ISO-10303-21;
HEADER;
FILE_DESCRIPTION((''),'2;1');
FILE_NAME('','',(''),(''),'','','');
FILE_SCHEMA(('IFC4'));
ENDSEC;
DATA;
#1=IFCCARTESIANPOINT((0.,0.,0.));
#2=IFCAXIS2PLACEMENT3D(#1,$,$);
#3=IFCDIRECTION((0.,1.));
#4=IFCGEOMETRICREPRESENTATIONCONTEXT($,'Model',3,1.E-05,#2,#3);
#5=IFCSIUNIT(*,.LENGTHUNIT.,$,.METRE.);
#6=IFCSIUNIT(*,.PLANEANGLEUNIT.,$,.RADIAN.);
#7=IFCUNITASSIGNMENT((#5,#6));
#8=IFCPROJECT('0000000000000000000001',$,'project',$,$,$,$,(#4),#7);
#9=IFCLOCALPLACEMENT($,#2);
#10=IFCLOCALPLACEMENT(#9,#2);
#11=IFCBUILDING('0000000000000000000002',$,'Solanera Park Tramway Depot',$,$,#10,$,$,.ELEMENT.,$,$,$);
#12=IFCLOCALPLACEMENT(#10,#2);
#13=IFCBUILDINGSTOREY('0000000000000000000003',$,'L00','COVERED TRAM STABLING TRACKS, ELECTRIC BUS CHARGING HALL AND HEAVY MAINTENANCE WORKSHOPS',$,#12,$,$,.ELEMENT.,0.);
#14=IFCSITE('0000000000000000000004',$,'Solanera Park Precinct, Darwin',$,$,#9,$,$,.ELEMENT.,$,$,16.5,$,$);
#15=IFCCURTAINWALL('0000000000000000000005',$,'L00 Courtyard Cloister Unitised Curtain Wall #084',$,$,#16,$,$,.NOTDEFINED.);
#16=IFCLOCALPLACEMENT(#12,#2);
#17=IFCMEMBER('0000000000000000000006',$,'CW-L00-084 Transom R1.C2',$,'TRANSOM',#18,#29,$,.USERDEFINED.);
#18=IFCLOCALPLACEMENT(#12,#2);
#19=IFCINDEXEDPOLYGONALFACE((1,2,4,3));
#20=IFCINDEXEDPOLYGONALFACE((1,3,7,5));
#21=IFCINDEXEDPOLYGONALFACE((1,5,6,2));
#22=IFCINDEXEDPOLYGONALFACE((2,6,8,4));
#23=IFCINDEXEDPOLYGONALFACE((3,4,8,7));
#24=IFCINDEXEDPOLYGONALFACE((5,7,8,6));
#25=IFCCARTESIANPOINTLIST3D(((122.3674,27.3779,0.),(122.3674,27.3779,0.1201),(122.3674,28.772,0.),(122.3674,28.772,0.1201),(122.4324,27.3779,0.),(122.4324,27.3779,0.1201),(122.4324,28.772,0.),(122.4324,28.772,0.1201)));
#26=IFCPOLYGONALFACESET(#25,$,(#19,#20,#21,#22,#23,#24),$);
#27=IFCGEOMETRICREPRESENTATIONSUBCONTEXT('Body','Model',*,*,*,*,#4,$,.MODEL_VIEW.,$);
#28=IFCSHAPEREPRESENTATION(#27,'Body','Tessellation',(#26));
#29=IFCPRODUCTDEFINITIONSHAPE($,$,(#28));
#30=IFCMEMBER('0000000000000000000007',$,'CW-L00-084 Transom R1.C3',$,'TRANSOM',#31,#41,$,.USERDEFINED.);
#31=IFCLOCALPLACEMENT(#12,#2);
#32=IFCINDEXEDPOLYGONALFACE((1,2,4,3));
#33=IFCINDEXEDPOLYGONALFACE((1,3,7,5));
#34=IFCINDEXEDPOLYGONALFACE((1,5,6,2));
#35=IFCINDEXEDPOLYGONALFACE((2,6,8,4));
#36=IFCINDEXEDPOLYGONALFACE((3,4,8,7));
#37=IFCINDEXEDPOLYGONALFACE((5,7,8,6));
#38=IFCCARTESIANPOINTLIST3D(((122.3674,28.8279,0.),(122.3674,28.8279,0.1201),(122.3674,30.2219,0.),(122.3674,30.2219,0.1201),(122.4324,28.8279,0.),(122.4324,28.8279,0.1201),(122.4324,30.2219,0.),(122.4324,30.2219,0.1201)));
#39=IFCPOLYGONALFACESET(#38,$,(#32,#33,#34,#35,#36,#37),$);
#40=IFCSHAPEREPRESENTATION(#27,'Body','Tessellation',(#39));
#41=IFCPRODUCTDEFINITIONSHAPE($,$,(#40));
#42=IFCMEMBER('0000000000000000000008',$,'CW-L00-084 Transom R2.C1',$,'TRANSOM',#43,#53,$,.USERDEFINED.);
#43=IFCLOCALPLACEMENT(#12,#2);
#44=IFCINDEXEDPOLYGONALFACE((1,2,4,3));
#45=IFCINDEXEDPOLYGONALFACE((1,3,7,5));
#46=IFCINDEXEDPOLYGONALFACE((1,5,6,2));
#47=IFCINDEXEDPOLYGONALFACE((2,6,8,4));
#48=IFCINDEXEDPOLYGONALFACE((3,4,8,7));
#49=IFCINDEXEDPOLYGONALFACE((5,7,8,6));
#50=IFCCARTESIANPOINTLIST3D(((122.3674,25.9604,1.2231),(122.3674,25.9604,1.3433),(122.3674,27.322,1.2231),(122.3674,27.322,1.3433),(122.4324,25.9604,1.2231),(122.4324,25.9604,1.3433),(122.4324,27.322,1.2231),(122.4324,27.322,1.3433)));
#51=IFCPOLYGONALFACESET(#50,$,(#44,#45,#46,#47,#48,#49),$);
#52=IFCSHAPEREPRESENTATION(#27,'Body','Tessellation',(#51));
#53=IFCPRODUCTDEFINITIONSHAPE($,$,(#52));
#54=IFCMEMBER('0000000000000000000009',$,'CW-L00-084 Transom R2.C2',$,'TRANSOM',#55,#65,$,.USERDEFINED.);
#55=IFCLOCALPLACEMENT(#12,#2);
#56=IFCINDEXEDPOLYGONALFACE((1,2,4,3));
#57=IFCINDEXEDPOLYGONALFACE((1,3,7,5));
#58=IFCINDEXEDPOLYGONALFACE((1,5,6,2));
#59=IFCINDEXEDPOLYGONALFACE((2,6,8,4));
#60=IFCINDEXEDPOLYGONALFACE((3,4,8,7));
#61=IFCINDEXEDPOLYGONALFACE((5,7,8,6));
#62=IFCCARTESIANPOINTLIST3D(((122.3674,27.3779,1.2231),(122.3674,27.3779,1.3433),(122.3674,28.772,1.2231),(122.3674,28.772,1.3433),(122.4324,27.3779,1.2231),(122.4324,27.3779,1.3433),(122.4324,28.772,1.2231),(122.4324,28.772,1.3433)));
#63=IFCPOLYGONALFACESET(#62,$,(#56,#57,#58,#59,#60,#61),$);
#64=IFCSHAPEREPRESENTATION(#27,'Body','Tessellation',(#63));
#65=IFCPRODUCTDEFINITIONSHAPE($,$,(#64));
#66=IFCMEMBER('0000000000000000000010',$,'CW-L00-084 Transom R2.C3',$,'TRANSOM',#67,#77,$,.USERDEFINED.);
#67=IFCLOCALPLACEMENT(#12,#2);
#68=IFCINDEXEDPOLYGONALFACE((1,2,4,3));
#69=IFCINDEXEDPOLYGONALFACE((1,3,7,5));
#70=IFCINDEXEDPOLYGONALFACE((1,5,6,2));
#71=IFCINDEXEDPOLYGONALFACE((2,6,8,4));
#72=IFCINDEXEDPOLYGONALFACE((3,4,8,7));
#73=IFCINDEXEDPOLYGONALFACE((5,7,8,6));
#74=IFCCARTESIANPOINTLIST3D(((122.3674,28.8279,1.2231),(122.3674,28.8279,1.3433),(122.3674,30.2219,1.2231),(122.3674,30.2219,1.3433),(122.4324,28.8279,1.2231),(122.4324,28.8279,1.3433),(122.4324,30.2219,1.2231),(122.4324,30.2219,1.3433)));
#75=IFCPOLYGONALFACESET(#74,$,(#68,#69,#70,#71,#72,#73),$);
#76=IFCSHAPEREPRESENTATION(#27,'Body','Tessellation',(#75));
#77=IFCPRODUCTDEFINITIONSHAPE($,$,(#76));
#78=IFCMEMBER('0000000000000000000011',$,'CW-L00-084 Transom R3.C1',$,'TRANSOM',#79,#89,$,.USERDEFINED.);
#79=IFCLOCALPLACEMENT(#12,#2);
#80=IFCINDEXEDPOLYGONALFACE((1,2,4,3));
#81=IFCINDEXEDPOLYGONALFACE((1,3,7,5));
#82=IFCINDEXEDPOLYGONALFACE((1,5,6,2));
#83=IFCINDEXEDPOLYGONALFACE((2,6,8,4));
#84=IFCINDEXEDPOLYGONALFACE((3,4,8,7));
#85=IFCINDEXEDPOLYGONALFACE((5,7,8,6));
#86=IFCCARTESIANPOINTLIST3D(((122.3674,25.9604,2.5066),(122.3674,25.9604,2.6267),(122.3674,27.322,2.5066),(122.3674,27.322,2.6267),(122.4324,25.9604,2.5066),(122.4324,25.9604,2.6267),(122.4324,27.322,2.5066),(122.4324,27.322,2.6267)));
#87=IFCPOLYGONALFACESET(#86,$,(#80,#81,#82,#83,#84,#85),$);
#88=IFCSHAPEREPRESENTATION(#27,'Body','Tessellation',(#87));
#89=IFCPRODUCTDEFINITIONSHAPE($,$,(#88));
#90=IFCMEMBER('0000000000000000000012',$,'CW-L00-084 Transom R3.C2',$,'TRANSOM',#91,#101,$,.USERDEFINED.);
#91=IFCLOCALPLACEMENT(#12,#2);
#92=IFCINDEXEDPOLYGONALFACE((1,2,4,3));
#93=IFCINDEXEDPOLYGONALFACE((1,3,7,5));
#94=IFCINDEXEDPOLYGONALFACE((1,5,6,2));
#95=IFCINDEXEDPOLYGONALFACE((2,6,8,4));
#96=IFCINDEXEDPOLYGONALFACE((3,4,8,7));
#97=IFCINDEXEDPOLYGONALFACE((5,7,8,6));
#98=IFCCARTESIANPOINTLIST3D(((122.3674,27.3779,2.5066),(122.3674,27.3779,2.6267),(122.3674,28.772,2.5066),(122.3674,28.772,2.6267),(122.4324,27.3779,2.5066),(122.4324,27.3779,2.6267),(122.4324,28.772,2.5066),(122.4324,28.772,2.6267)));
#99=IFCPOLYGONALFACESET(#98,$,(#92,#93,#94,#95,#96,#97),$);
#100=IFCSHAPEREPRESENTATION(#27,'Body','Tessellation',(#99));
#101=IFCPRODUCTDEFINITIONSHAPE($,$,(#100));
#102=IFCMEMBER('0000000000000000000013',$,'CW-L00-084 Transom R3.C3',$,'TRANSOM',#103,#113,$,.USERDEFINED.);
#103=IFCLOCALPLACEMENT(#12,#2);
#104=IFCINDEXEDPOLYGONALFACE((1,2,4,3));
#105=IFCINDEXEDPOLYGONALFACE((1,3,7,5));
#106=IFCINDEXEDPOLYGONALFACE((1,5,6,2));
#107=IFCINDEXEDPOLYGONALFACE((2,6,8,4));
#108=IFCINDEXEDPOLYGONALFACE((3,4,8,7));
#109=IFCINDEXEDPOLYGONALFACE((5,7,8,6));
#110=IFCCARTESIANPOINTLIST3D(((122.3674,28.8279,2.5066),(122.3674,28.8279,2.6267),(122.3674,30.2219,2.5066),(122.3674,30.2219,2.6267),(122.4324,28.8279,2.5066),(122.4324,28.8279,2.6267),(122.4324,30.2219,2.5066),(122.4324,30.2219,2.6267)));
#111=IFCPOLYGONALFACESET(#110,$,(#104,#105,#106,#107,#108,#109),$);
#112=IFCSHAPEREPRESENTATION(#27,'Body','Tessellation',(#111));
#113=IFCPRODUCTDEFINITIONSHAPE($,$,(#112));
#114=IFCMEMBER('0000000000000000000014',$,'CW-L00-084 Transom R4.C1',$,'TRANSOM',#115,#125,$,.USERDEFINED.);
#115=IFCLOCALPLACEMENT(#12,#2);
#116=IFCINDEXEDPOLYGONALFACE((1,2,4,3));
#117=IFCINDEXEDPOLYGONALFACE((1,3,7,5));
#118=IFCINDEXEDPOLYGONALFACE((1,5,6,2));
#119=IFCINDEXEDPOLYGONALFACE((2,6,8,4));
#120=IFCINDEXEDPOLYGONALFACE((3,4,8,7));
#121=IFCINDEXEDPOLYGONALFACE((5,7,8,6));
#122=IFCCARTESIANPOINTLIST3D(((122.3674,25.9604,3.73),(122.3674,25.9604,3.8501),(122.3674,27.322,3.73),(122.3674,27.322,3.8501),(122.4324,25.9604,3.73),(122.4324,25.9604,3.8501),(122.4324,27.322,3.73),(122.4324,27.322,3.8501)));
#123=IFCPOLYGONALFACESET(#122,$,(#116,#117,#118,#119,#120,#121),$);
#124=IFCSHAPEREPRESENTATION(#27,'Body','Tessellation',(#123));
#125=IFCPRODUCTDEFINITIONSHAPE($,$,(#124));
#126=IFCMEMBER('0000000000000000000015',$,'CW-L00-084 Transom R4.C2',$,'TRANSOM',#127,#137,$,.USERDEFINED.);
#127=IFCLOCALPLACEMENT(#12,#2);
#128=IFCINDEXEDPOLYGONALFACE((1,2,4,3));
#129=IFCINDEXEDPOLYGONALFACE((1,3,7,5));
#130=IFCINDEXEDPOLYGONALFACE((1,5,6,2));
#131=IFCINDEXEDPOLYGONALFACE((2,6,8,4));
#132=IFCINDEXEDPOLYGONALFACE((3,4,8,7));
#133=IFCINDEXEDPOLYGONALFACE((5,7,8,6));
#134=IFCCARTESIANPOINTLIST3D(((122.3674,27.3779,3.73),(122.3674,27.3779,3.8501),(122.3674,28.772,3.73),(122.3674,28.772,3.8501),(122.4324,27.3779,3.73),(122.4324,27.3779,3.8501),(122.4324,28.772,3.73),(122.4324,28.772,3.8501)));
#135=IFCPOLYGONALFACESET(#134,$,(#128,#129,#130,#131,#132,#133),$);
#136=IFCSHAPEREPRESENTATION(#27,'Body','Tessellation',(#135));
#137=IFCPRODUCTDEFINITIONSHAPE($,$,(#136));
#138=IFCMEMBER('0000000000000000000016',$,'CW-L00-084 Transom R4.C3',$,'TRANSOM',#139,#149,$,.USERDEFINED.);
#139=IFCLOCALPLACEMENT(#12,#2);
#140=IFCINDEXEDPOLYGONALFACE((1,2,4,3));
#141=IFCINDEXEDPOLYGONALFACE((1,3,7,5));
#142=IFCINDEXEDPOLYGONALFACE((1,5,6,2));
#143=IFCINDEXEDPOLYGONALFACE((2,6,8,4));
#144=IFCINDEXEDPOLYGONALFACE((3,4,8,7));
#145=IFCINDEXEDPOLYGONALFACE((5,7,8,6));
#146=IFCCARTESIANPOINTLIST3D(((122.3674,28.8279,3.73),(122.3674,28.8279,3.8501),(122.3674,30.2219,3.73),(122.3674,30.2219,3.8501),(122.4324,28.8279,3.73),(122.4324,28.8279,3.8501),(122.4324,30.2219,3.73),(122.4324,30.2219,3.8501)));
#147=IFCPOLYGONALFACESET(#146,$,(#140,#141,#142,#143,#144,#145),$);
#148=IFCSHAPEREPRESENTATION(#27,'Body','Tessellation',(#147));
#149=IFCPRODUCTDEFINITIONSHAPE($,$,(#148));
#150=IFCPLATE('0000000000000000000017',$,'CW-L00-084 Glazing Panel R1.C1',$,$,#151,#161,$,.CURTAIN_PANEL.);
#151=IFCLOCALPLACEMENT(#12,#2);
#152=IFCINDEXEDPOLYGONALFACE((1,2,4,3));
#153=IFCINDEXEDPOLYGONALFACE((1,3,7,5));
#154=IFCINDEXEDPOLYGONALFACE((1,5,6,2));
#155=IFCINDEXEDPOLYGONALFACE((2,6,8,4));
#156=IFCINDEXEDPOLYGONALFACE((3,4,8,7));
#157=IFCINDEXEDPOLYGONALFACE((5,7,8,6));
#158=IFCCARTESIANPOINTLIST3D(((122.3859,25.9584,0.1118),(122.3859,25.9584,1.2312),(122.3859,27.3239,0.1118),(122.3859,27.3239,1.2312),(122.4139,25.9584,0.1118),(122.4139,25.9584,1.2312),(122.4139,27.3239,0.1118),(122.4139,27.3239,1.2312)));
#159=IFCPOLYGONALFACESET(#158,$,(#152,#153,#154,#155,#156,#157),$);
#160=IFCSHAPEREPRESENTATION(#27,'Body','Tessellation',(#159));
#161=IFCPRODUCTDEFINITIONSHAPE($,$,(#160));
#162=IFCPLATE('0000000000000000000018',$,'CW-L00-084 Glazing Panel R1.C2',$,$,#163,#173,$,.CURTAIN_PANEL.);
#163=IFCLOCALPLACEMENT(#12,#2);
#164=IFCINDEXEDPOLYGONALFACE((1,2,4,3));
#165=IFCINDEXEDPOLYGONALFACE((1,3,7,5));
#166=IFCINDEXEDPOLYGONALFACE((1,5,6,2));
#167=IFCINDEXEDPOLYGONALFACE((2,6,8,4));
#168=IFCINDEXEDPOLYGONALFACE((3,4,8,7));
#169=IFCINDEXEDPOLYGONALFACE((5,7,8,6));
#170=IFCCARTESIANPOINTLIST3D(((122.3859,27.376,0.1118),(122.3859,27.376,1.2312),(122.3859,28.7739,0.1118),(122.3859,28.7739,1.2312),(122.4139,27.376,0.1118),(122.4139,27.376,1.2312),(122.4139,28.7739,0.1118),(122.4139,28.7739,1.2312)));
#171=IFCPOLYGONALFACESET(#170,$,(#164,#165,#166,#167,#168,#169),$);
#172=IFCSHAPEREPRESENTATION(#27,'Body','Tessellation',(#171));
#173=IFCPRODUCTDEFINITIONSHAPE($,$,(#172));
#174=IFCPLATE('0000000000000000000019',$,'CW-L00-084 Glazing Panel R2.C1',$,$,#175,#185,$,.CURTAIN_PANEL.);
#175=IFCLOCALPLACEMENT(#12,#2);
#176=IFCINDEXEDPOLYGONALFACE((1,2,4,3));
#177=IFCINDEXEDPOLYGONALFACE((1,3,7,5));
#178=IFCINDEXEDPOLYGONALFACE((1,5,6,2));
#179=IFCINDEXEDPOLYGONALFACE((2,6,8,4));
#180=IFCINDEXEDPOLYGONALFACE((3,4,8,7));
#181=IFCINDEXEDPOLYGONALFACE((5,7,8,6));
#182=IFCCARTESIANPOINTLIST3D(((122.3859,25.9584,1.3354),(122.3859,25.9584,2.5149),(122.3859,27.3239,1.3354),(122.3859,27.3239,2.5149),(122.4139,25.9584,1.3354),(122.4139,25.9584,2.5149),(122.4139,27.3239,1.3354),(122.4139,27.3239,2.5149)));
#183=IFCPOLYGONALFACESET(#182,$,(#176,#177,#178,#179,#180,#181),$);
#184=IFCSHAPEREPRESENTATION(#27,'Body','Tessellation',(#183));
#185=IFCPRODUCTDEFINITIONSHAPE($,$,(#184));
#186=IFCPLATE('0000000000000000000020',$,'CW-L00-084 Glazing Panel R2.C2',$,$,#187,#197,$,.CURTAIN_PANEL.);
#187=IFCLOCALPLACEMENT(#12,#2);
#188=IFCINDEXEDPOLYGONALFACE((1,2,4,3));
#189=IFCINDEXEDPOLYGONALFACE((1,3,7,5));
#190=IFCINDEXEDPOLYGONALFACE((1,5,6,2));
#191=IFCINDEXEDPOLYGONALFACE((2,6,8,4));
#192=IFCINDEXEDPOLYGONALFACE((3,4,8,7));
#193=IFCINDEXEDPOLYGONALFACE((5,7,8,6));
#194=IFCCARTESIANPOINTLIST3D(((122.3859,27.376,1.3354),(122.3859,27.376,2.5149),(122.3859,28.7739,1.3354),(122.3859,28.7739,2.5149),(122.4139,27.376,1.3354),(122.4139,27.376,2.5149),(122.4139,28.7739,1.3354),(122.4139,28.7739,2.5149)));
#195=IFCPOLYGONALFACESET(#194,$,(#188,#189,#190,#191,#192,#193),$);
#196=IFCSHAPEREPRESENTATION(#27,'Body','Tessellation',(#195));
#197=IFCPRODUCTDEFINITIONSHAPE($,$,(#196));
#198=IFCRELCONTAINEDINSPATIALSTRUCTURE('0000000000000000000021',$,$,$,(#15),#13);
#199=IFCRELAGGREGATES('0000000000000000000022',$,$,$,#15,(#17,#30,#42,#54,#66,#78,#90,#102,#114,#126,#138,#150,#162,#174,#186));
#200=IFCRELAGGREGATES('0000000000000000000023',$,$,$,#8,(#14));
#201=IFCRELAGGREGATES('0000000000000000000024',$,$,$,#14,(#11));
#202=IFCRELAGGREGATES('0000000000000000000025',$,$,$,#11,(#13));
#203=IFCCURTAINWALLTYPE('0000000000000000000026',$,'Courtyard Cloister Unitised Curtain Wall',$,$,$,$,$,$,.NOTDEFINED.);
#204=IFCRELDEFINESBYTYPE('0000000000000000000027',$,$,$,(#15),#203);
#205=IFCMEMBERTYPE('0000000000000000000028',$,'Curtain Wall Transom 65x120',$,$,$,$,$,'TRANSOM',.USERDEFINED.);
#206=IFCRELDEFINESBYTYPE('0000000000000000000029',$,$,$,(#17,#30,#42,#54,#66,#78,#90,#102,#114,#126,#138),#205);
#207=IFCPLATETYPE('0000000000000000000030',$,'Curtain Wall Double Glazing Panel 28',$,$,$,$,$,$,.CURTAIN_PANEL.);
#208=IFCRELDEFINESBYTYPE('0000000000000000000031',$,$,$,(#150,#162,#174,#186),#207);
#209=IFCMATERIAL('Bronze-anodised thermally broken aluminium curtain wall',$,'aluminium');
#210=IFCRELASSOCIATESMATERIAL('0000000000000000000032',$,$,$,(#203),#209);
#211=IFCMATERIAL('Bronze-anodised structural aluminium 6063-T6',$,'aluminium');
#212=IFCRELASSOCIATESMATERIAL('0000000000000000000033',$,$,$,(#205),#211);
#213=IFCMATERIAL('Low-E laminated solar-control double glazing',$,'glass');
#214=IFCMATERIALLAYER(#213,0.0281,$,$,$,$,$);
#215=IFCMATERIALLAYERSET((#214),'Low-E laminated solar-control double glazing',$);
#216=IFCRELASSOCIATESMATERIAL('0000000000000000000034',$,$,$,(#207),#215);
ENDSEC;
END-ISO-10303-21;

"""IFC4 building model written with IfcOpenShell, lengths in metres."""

from ifc_helpers import new_model, si_unit, direction, frame, origin, origin_2d, place, context, subcontext, project, spatial, rectangle, extrude, material, layer, layer_set, material_profile, profile_set, type_object, element, aggregate, save


model = new_model("IFC4")

# Units and contexts
model_context = context("Model", 3, precision=1e-05, world=origin(), true_north=direction((0.0, 1.0)))
body_context = subcontext(model_context, "Body", "Model", "MODEL_VIEW")
ifc_project = project(units=[si_unit("LENGTHUNIT", "METRE"), si_unit("PLANEANGLEUNIT", "RADIAN")], contexts=[model_context])

# Site, building, storey
site_placement = place(None, origin())
site = spatial("IfcSite", under=ifc_project, at=site_placement, Name="Solanera Park Precinct, Darwin", CompositionType="ELEMENT", RefElevation=16.5)
building_placement = place(site_placement, origin())
building = spatial("IfcBuilding", under=site, at=building_placement, Name="Solanera Park Tramway Depot", CompositionType="ELEMENT")
storey_placement = place(building_placement, origin())
storey = spatial("IfcBuildingStorey", under=building, at=storey_placement, Name="L00", Description="COVERED TRAM STABLING TRACKS, ELECTRIC BUS CHARGING HALL AND HEAVY MAINTENANCE WORKSHOPS", CompositionType="ELEMENT", Elevation=0.0)

# Curtain wall, members, plates
ifc_material_1 = material(Name="Bronze-anodised thermally broken aluminium curtain wall", Category="aluminium")
curtain_wall_type = type_object("IfcCurtainWallType", Name="Courtyard Cloister Unitised Curtain Wall", PredefinedType="NOTDEFINED", material=ifc_material_1)
curtain_wall_placement = place(storey_placement, origin())
curtain_wall = element("IfcCurtainWall", 1, at=curtain_wall_placement, inside=storey, type_object=curtain_wall_type, Name="L00 Courtyard Cloister Unitised Curtain Wall #084", PredefinedType="NOTDEFINED")
ifc_material_2 = material(Name="Bronze-anodised structural aluminium 6063-T6", Category="aluminium")
ifc_material_profile_1 = material_profile(ifc_material_2, rectangle(XDim=0.0649, YDim=0.1201, at=origin_2d()), Name="Curtain Wall Transom 65x120")
ifc_profile_set_1 = profile_set([ifc_material_profile_1], Name="Bronze-anodised structural aluminium 6063-T6")
member_type_1 = type_object("IfcMemberType", Name="Curtain Wall Transom 65x120", ElementType="TRANSOM", PredefinedType="USERDEFINED", material=ifc_profile_set_1)
member_1_placement = place(storey_placement, frame((122.3999, 27.3779, 0.0601), z_axis=(0.0, 1.0, 0.0), x_axis=(-1.0, 0.0, 0.0)))
member_1 = element("IfcMember", 2, at=member_1_placement, type_object=member_type_1, Name="CW-L00-084 Transom R1.C2", ObjectType="TRANSOM", PredefinedType="USERDEFINED", context=body_context, shape_type="SweptSolid", body=[
    extrude(rectangle(XDim=0.0649, YDim=0.1201, at=origin_2d()), origin(), (0.0, 0.0, 1.0), 1.394),
])
member_2_placement = place(storey_placement, frame((122.3999, 28.8279, 0.0601), z_axis=(0.0, 1.0, 0.0), x_axis=(-1.0, 0.0, 0.0)))
member_2 = element("IfcMember", 3, at=member_2_placement, type_object=member_type_1, Name="CW-L00-084 Transom R1.C3", ObjectType="TRANSOM", PredefinedType="USERDEFINED", context=body_context, shape_type="SweptSolid", body=[
    extrude(rectangle(XDim=0.0649, YDim=0.1201, at=origin_2d()), origin(), (0.0, 0.0, 1.0), 1.394),
])
member_3_placement = place(storey_placement, frame((122.3999, 25.9604, 1.2832), z_axis=(0.0, 1.0, 0.0), x_axis=(-1.0, 0.0, 0.0)))
member_3 = element("IfcMember", 4, at=member_3_placement, type_object=member_type_1, Name="CW-L00-084 Transom R2.C1", ObjectType="TRANSOM", PredefinedType="USERDEFINED", context=body_context, shape_type="SweptSolid", body=[
    extrude(rectangle(XDim=0.0649, YDim=0.1201, at=origin_2d()), origin(), (0.0, 0.0, 1.0), 1.3616),
])
member_4_placement = place(storey_placement, frame((122.3999, 27.3779, 1.2832), z_axis=(0.0, 1.0, 0.0), x_axis=(-1.0, 0.0, 0.0)))
member_4 = element("IfcMember", 5, at=member_4_placement, type_object=member_type_1, Name="CW-L00-084 Transom R2.C2", ObjectType="TRANSOM", PredefinedType="USERDEFINED", context=body_context, shape_type="SweptSolid", body=[
    extrude(rectangle(XDim=0.0649, YDim=0.1201, at=origin_2d()), origin(), (0.0, 0.0, 1.0), 1.394),
])
member_5_placement = place(storey_placement, frame((122.3999, 28.8279, 1.2832), z_axis=(0.0, 1.0, 0.0), x_axis=(-1.0, 0.0, 0.0)))
member_5 = element("IfcMember", 6, at=member_5_placement, type_object=member_type_1, Name="CW-L00-084 Transom R2.C3", ObjectType="TRANSOM", PredefinedType="USERDEFINED", context=body_context, shape_type="SweptSolid", body=[
    extrude(rectangle(XDim=0.0649, YDim=0.1201, at=origin_2d()), origin(), (0.0, 0.0, 1.0), 1.394),
])
member_6_placement = place(storey_placement, frame((122.3999, 25.9604, 2.5667), z_axis=(0.0, 1.0, 0.0), x_axis=(-1.0, 0.0, 0.0)))
member_6 = element("IfcMember", 7, at=member_6_placement, type_object=member_type_1, Name="CW-L00-084 Transom R3.C1", ObjectType="TRANSOM", PredefinedType="USERDEFINED", context=body_context, shape_type="SweptSolid", body=[
    extrude(rectangle(XDim=0.0649, YDim=0.1201, at=origin_2d()), origin(), (0.0, 0.0, 1.0), 1.3616),
])
member_7_placement = place(storey_placement, frame((122.3999, 27.3779, 2.5667), z_axis=(0.0, 1.0, 0.0), x_axis=(-1.0, 0.0, 0.0)))
member_7 = element("IfcMember", 8, at=member_7_placement, type_object=member_type_1, Name="CW-L00-084 Transom R3.C2", ObjectType="TRANSOM", PredefinedType="USERDEFINED", context=body_context, shape_type="SweptSolid", body=[
    extrude(rectangle(XDim=0.0649, YDim=0.1201, at=origin_2d()), origin(), (0.0, 0.0, 1.0), 1.394),
])
member_8_placement = place(storey_placement, frame((122.3999, 28.8279, 2.5667), z_axis=(0.0, 1.0, 0.0), x_axis=(-1.0, 0.0, 0.0)))
member_8 = element("IfcMember", 9, at=member_8_placement, type_object=member_type_1, Name="CW-L00-084 Transom R3.C3", ObjectType="TRANSOM", PredefinedType="USERDEFINED", context=body_context, shape_type="SweptSolid", body=[
    extrude(rectangle(XDim=0.0649, YDim=0.1201, at=origin_2d()), origin(), (0.0, 0.0, 1.0), 1.394),
])
member_9_placement = place(storey_placement, frame((122.3999, 25.9604, 3.79), z_axis=(0.0, 1.0, 0.0), x_axis=(-1.0, 0.0, 0.0)))
member_9 = element("IfcMember", 10, at=member_9_placement, type_object=member_type_1, Name="CW-L00-084 Transom R4.C1", ObjectType="TRANSOM", PredefinedType="USERDEFINED", context=body_context, shape_type="SweptSolid", body=[
    extrude(rectangle(XDim=0.0649, YDim=0.1201, at=origin_2d()), origin(), (0.0, 0.0, 1.0), 1.3616),
])
member_10_placement = place(storey_placement, frame((122.3999, 27.3779, 3.79), z_axis=(0.0, 1.0, 0.0), x_axis=(-1.0, 0.0, 0.0)))
member_10 = element("IfcMember", 11, at=member_10_placement, type_object=member_type_1, Name="CW-L00-084 Transom R4.C2", ObjectType="TRANSOM", PredefinedType="USERDEFINED", context=body_context, shape_type="SweptSolid", body=[
    extrude(rectangle(XDim=0.0649, YDim=0.1201, at=origin_2d()), origin(), (0.0, 0.0, 1.0), 1.394),
])
member_11_placement = place(storey_placement, frame((122.3999, 28.8279, 3.79), z_axis=(0.0, 1.0, 0.0), x_axis=(-1.0, 0.0, 0.0)))
member_11 = element("IfcMember", 12, at=member_11_placement, type_object=member_type_1, Name="CW-L00-084 Transom R4.C3", ObjectType="TRANSOM", PredefinedType="USERDEFINED", context=body_context, shape_type="SweptSolid", body=[
    extrude(rectangle(XDim=0.0649, YDim=0.1201, at=origin_2d()), origin(), (0.0, 0.0, 1.0), 1.394),
])
ifc_material_3 = material(Name="Low-E laminated solar-control double glazing", Category="glass")
ifc_layer_1 = layer(ifc_material_3, 0.0281)
ifc_layer_set_1 = layer_set([ifc_layer_1], Name="Low-E laminated solar-control double glazing")
plate_type = type_object("IfcPlateType", Name="Curtain Wall Double Glazing Panel 28", PredefinedType="CURTAIN_PANEL", material=ifc_layer_set_1)
plate_1_placement = place(storey_placement, frame((122.3999, 26.6411, 0.1118), z_axis=(0.0, 0.0, 1.0), x_axis=(0.0, 1.0, 0.0)))
plate_1 = element("IfcPlate", 13, at=plate_1_placement, type_object=plate_type, Name="CW-L00-084 Glazing Panel R1.C1", PredefinedType="CURTAIN_PANEL", context=body_context, shape_type="SweptSolid", body=[
    extrude(rectangle(XDim=1.3655, YDim=0.0281, at=origin_2d()), origin(), (0.0, 0.0, 1.0), 1.1194),
])
plate_2_placement = place(storey_placement, frame((122.3999, 28.075, 0.1118), z_axis=(0.0, 0.0, 1.0), x_axis=(0.0, 1.0, 0.0)))
plate_2 = element("IfcPlate", 14, at=plate_2_placement, type_object=plate_type, Name="CW-L00-084 Glazing Panel R1.C2", PredefinedType="CURTAIN_PANEL", context=body_context, shape_type="SweptSolid", body=[
    extrude(rectangle(XDim=1.3979, YDim=0.0281, at=origin_2d()), origin(), (0.0, 0.0, 1.0), 1.1194),
])
plate_3_placement = place(storey_placement, frame((122.3999, 26.6411, 1.3354), z_axis=(0.0, 0.0, 1.0), x_axis=(0.0, 1.0, 0.0)))
plate_3 = element("IfcPlate", 15, at=plate_3_placement, type_object=plate_type, Name="CW-L00-084 Glazing Panel R2.C1", PredefinedType="CURTAIN_PANEL", context=body_context, shape_type="SweptSolid", body=[
    extrude(rectangle(XDim=1.3655, YDim=0.0281, at=origin_2d()), origin(), (0.0, 0.0, 1.0), 1.1794),
])
plate_4_placement = place(storey_placement, frame((122.3999, 28.075, 1.3354), z_axis=(0.0, 0.0, 1.0), x_axis=(0.0, 1.0, 0.0)))
plate_4 = element("IfcPlate", 16, at=plate_4_placement, type_object=plate_type, Name="CW-L00-084 Glazing Panel R2.C2", PredefinedType="CURTAIN_PANEL", context=body_context, shape_type="SweptSolid", body=[
    extrude(rectangle(XDim=1.3979, YDim=0.0281, at=origin_2d()), origin(), (0.0, 0.0, 1.0), 1.1794),
])
aggregate(curtain_wall, [member_1, member_2, member_3, member_4, member_5, member_6, member_7, member_8, member_9, member_10, member_11, plate_1, plate_2, plate_3, plate_4])

save(model, "model.ifc")
